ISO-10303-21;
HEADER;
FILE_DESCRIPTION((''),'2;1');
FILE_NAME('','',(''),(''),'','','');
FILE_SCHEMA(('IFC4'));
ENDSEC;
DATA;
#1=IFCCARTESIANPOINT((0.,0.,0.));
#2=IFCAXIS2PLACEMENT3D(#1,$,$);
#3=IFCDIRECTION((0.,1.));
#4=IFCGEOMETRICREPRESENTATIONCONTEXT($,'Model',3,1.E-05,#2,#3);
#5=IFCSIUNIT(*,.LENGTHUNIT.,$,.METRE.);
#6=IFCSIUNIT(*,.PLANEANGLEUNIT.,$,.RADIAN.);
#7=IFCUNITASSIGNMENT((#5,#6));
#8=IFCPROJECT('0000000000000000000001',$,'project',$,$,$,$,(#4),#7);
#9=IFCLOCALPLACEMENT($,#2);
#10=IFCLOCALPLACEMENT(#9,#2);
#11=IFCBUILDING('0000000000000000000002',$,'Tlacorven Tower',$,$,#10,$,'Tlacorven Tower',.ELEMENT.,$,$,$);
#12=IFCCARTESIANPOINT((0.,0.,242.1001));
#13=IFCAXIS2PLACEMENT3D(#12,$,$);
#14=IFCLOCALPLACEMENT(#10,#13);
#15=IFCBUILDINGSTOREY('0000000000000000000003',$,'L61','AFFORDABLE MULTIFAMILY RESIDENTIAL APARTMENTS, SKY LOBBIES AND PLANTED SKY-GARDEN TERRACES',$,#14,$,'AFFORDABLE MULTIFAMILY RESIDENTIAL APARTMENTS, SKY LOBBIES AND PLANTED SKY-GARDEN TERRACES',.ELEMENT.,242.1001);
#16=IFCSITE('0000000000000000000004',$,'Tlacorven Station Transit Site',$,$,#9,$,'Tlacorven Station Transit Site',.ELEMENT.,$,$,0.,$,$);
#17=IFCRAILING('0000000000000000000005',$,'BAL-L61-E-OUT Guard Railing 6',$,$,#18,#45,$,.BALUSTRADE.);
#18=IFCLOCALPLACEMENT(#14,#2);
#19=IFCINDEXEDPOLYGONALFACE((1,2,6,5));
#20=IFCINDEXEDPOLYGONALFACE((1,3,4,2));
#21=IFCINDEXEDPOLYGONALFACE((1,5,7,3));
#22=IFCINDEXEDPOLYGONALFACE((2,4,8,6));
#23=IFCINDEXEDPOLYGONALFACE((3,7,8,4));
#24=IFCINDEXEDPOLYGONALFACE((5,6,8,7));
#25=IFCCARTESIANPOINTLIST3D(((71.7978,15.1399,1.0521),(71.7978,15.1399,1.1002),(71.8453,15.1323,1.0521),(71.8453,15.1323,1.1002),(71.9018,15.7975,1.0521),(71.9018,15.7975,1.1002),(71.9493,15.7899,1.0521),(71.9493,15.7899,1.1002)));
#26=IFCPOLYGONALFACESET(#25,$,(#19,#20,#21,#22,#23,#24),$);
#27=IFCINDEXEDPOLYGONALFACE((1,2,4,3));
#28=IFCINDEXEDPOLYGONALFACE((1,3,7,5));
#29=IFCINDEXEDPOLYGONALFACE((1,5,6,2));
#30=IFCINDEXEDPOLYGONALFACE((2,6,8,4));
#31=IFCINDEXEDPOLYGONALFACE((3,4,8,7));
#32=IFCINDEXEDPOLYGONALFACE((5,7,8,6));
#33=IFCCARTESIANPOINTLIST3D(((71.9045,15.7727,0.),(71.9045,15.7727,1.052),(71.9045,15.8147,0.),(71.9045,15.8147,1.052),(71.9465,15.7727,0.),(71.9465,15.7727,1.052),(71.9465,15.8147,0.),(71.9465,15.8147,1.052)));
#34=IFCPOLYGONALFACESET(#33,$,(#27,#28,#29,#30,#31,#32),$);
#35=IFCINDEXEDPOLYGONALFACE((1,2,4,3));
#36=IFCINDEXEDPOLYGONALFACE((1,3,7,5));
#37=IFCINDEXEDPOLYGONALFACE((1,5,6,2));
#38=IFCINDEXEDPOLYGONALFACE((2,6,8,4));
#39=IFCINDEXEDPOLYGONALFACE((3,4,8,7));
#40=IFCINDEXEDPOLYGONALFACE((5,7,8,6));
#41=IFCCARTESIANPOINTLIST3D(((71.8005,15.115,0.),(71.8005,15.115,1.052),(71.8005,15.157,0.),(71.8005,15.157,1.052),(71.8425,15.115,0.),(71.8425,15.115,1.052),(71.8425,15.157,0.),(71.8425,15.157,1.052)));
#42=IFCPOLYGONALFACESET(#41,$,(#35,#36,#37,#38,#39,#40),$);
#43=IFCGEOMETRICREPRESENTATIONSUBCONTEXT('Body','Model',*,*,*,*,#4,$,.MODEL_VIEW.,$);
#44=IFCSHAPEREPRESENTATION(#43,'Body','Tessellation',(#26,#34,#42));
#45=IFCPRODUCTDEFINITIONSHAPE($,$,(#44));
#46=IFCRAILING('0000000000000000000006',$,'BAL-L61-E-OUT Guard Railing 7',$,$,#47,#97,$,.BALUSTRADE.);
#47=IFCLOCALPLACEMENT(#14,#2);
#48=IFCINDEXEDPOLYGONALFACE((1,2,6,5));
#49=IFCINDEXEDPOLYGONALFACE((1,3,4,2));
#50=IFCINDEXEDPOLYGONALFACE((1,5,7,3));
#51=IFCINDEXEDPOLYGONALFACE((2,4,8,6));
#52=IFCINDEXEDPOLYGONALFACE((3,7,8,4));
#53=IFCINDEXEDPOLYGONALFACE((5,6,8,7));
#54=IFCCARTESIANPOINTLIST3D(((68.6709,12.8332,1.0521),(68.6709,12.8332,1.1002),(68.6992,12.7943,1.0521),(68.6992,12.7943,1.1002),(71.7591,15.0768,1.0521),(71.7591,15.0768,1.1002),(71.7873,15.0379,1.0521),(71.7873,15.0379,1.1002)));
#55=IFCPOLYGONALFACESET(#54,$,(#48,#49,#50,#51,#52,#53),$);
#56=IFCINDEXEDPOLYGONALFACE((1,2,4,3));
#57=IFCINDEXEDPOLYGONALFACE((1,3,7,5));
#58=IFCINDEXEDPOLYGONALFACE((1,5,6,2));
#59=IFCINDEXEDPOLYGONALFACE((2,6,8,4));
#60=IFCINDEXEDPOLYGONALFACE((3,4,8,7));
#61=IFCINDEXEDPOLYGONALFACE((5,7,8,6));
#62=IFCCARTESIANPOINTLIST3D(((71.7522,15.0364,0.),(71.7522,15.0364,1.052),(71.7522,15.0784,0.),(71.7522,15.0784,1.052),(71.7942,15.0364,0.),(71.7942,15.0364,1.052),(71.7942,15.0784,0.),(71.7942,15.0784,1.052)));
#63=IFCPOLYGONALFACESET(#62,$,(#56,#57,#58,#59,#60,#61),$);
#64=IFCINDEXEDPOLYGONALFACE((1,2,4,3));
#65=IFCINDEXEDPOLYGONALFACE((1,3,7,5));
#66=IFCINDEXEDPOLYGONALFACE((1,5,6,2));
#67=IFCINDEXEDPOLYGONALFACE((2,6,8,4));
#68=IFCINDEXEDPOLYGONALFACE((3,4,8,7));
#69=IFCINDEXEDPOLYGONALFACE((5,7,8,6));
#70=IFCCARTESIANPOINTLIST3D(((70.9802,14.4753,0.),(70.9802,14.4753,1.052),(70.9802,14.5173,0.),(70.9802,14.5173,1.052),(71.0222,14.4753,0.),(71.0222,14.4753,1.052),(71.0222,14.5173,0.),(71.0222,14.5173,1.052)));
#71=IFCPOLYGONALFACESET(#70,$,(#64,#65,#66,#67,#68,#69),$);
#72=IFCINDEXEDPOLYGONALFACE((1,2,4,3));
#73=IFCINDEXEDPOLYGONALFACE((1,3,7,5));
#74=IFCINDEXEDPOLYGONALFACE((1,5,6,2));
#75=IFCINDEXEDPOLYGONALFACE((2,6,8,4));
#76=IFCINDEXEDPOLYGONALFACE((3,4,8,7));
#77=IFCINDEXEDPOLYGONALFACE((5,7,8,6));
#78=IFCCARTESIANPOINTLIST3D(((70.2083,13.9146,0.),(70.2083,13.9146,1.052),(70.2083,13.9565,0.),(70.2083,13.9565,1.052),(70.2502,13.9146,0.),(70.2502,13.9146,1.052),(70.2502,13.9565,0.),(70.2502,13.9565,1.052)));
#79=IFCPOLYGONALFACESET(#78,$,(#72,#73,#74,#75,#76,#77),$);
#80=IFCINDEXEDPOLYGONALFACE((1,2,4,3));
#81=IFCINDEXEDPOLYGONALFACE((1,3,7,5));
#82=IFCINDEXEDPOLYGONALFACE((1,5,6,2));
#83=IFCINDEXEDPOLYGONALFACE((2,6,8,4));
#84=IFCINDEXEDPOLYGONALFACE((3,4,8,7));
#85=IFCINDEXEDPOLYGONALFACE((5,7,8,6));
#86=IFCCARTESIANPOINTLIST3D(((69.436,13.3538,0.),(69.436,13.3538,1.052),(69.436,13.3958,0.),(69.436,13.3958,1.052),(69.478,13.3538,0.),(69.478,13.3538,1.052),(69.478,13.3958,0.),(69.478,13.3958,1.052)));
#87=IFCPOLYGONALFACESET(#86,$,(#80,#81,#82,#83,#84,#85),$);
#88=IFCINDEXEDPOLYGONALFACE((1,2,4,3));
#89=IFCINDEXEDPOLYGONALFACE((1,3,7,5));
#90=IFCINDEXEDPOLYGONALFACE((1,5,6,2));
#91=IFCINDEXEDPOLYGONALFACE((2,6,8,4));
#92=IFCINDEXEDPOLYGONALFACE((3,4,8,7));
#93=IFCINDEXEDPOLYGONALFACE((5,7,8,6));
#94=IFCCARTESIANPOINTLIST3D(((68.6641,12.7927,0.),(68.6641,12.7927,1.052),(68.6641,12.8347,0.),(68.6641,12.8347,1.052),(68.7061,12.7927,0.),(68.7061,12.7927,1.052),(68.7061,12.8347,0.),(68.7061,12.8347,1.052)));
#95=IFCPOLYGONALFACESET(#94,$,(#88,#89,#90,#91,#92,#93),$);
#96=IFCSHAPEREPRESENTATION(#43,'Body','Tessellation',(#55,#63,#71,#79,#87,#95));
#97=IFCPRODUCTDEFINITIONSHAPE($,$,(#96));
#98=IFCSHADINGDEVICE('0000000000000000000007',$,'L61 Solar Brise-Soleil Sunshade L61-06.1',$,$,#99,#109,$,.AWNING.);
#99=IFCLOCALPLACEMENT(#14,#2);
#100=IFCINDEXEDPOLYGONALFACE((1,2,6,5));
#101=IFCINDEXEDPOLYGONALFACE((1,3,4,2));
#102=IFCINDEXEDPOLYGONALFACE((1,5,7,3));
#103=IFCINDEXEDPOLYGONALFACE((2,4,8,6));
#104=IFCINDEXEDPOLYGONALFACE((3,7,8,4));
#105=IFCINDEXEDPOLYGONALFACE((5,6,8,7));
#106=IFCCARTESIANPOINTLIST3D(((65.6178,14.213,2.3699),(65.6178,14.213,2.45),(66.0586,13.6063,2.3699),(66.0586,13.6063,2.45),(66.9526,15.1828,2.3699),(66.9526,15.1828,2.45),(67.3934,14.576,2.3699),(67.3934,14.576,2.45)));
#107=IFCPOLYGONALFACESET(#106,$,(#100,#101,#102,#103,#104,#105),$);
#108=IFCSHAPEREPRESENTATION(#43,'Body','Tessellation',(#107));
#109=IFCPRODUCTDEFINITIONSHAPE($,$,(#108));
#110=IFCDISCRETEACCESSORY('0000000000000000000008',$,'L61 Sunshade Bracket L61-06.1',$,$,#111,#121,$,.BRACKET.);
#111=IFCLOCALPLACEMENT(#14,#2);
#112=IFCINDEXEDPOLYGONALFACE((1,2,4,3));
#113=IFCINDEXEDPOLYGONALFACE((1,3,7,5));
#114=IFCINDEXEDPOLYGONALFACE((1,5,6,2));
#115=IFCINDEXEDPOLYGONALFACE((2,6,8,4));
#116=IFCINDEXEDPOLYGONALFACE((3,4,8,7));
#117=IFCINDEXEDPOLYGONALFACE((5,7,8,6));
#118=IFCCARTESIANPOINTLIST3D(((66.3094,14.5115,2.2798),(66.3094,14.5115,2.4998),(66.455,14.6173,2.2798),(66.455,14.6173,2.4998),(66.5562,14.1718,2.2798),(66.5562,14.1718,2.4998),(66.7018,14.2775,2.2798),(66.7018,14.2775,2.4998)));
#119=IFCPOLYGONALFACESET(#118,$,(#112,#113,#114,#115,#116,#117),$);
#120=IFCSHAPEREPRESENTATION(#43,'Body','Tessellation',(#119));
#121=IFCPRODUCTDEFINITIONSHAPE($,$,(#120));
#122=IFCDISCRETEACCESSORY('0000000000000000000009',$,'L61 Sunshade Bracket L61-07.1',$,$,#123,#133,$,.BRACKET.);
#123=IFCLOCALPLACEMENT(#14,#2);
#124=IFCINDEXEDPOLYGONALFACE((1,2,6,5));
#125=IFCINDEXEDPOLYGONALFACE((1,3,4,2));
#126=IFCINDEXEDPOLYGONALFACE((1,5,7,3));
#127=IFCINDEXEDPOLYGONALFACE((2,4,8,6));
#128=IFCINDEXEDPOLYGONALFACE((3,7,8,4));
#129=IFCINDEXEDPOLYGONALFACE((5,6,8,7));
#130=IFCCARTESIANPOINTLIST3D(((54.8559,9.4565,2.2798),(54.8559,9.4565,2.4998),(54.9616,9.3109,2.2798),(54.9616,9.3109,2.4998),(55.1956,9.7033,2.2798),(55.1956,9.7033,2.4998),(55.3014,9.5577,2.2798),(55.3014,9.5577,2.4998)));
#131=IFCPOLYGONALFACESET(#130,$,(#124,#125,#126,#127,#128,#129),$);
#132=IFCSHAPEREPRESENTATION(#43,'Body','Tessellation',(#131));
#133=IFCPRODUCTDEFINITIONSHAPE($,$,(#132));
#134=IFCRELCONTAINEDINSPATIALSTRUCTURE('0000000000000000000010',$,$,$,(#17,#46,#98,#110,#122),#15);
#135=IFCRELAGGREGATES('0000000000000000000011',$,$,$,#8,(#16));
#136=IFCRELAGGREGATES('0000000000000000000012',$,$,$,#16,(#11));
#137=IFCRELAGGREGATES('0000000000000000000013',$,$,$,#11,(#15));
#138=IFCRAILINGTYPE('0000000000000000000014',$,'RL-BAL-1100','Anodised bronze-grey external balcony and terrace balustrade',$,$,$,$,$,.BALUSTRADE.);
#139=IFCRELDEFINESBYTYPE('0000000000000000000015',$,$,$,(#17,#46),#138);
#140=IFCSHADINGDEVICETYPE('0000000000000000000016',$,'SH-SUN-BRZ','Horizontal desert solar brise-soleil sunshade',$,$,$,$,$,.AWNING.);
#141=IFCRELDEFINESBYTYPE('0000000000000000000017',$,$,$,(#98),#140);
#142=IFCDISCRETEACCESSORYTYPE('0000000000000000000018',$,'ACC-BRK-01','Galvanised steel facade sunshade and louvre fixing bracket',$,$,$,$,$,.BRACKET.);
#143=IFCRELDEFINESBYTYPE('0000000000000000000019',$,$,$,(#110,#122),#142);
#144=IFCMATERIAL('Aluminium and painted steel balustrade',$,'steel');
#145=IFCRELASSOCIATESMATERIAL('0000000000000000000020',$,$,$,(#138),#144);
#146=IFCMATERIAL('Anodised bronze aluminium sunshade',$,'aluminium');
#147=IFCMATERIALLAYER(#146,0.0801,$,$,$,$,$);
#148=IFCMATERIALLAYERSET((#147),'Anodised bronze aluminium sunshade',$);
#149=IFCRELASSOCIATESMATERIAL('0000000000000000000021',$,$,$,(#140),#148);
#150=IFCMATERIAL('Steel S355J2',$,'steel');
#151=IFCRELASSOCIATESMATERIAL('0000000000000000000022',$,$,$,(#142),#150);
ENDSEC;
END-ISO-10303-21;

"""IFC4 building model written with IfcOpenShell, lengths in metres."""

from ifc_helpers import new_model, si_unit, direction, frame, origin, origin_2d, place, context, subcontext, project, spatial, rectangle, extrude, source, transform, mapped, material, layer, layer_set, type_object, element, save


model = new_model("IFC4")

# Units and contexts
model_context = context("Model", 3, precision=1e-05, world=origin(), true_north=direction((0.0, 1.0)))
body_context = subcontext(model_context, "Body", "Model", "MODEL_VIEW")
ifc_project = project(units=[si_unit("LENGTHUNIT", "METRE"), si_unit("PLANEANGLEUNIT", "RADIAN")], contexts=[model_context])

# Site, building, storey
site_placement = place(None, origin())
site = spatial("IfcSite", under=ifc_project, at=site_placement, Name="Tlacorven Station Transit Site", LongName="Tlacorven Station Transit Site", CompositionType="ELEMENT", RefElevation=0.0)
building_placement = place(site_placement, origin())
building = spatial("IfcBuilding", under=site, at=building_placement, Name="Tlacorven Tower", LongName="Tlacorven Tower", CompositionType="ELEMENT")
storey_placement = place(building_placement, frame((0.0, 0.0, 242.1001)))
storey = spatial("IfcBuildingStorey", under=building, at=storey_placement, Name="L61", Description="AFFORDABLE MULTIFAMILY RESIDENTIAL APARTMENTS, SKY LOBBIES AND PLANTED SKY-GARDEN TERRACES", LongName="AFFORDABLE MULTIFAMILY RESIDENTIAL APARTMENTS, SKY LOBBIES AND PLANTED SKY-GARDEN TERRACES", CompositionType="ELEMENT", Elevation=242.1001)

# Shared definitions
ifc_material_1 = material(Name="Steel S355J2", Category="steel")

# Railings
ifc_material_2 = material(Name="Aluminium and painted steel balustrade", Category="steel")
railing_type = type_object("IfcRailingType", Name="RL-BAL-1100", Description="Anodised bronze-grey external balcony and terrace balustrade", PredefinedType="BALUSTRADE", material=ifc_material_2)
shared_shape_1 = source(origin(), body_context, "Body", "SweptSolid", [
    extrude(rectangle(XDim=0.0481, YDim=0.0481, at=origin_2d()), frame((0.0, 0.0, 1.0762), z_axis=(-0.156188, -0.987727, 0.0), x_axis=(0.987727, -0.156188, 0.0)), (0.0, 0.0, 1.0), 0.6658),
    extrude(rectangle(XDim=0.042, YDim=0.042, at=origin_2d()), origin(), (0.0, 0.0, 1.0), 1.052),
    extrude(rectangle(XDim=0.042, YDim=0.042, at=origin_2d()), frame((-0.104, -0.6577, 0.0)), (0.0, 0.0, 1.0), 1.052),
])
railing_1_placement = place(storey_placement, frame((71.9255, 15.7937, 0.0)))
element("IfcRailing", 1, at=railing_1_placement, inside=storey, type_object=railing_type, Name="BAL-L61-E-OUT Guard Railing 6", PredefinedType="BALUSTRADE", context=body_context, shape_type="MappedRepresentation", body=[
    mapped(shared_shape_1, transform((0.0, 0.0, 0.0), scale=1.0)),
])
shared_shape_2 = source(origin(), body_context, "Body", "SweptSolid", [
    extrude(rectangle(XDim=0.0481, YDim=0.0481, at=origin_2d()), frame((0.0, 0.0, 1.0762), z_axis=(-0.809018, -0.587784, 0.0), x_axis=(0.587784, -0.809018, 0.0)), (0.0, 0.0, 1.0), 3.8171),
    extrude(rectangle(XDim=0.042, YDim=0.042, at=origin_2d()), origin(), (0.0, 0.0, 1.0), 1.052),
    extrude(rectangle(XDim=0.042, YDim=0.042, at=origin_2d()), frame((-0.772, -0.561, 0.0)), (0.0, 0.0, 1.0), 1.052),
    extrude(rectangle(XDim=0.042, YDim=0.042, at=origin_2d()), frame((-1.5439, -1.1218, 0.0)), (0.0, 0.0, 1.0), 1.052),
    extrude(rectangle(XDim=0.042, YDim=0.042, at=origin_2d()), frame((-2.3162, -1.6826, 0.0)), (0.0, 0.0, 1.0), 1.052),
    extrude(rectangle(XDim=0.042, YDim=0.042, at=origin_2d()), frame((-3.0881, -2.2437, 0.0)), (0.0, 0.0, 1.0), 1.052),
])
railing_2_placement = place(storey_placement, frame((71.7732, 15.0574, 0.0)))
element("IfcRailing", 2, at=railing_2_placement, inside=storey, type_object=railing_type, Name="BAL-L61-E-OUT Guard Railing 7", PredefinedType="BALUSTRADE", context=body_context, shape_type="MappedRepresentation", body=[
    mapped(shared_shape_2, transform((0.0, 0.0, 0.0), scale=1.0)),
])

# Shading device
ifc_material_3 = material(Name="Anodised bronze aluminium sunshade", Category="aluminium")
ifc_layer_1 = layer(ifc_material_3, 0.0801)
ifc_layer_set_1 = layer_set([ifc_layer_1], Name="Anodised bronze aluminium sunshade")
shading_device_type = type_object("IfcShadingDeviceType", Name="SH-SUN-BRZ", Description="Horizontal desert solar brise-soleil sunshade", PredefinedType="AWNING", material=ifc_layer_set_1)
shared_shape_3 = source(origin(), body_context, "Body", "SweptSolid", [
    extrude(rectangle(XDim=1.6499, YDim=0.75, at=origin_2d()), origin(), (0.0, 0.0, 1.0), 0.0801),
])
shading_device_placement = place(storey_placement, frame((66.5056, 14.3945, 2.3699), z_axis=(0.0, 0.0, 1.0), x_axis=(-0.809017, -0.587785, 0.0)))
element("IfcShadingDevice", 3, at=shading_device_placement, inside=storey, type_object=shading_device_type, Name="L61 Solar Brise-Soleil Sunshade L61-06.1", PredefinedType="AWNING", context=body_context, shape_type="MappedRepresentation", body=[
    mapped(shared_shape_3, transform((0.0, 0.0, 0.0), scale=1.0)),
])

# Discrete accessories
discrete_accessory_type = type_object("IfcDiscreteAccessoryType", Name="ACC-BRK-01", Description="Galvanised steel facade sunshade and louvre fixing bracket", PredefinedType="BRACKET", material=ifc_material_1)
shared_shape_4 = source(origin(), body_context, "Body", "SweptSolid", [
    extrude(rectangle(XDim=0.1799, YDim=0.4199, at=origin_2d()), origin(), (0.0, 0.0, 1.0), 0.22),
])
for number, where, z_axis, x_axis, name in (
    (4, (66.5056, 14.3945, 2.2798), (0.0, 0.0, 1.0), (-0.809017, -0.587785, 0.0), "L61 Sunshade Bracket L61-06.1"),
    (5, (55.0786, 9.5071, 2.2798), (0.0, 0.0, 1.0), (-0.587786, 0.809017, 0.0), "L61 Sunshade Bracket L61-07.1"),
):
    element("IfcDiscreteAccessory", number, at=place(storey_placement, frame(where, z_axis=z_axis, x_axis=x_axis)), inside=storey, type_object=discrete_accessory_type, Name=name, PredefinedType="BRACKET", context=body_context, shape_type="MappedRepresentation", body=[
        mapped(shared_shape_4, transform((0.0, 0.0, 0.0), scale=1.0)),
    ])

save(model, "model.ifc")
